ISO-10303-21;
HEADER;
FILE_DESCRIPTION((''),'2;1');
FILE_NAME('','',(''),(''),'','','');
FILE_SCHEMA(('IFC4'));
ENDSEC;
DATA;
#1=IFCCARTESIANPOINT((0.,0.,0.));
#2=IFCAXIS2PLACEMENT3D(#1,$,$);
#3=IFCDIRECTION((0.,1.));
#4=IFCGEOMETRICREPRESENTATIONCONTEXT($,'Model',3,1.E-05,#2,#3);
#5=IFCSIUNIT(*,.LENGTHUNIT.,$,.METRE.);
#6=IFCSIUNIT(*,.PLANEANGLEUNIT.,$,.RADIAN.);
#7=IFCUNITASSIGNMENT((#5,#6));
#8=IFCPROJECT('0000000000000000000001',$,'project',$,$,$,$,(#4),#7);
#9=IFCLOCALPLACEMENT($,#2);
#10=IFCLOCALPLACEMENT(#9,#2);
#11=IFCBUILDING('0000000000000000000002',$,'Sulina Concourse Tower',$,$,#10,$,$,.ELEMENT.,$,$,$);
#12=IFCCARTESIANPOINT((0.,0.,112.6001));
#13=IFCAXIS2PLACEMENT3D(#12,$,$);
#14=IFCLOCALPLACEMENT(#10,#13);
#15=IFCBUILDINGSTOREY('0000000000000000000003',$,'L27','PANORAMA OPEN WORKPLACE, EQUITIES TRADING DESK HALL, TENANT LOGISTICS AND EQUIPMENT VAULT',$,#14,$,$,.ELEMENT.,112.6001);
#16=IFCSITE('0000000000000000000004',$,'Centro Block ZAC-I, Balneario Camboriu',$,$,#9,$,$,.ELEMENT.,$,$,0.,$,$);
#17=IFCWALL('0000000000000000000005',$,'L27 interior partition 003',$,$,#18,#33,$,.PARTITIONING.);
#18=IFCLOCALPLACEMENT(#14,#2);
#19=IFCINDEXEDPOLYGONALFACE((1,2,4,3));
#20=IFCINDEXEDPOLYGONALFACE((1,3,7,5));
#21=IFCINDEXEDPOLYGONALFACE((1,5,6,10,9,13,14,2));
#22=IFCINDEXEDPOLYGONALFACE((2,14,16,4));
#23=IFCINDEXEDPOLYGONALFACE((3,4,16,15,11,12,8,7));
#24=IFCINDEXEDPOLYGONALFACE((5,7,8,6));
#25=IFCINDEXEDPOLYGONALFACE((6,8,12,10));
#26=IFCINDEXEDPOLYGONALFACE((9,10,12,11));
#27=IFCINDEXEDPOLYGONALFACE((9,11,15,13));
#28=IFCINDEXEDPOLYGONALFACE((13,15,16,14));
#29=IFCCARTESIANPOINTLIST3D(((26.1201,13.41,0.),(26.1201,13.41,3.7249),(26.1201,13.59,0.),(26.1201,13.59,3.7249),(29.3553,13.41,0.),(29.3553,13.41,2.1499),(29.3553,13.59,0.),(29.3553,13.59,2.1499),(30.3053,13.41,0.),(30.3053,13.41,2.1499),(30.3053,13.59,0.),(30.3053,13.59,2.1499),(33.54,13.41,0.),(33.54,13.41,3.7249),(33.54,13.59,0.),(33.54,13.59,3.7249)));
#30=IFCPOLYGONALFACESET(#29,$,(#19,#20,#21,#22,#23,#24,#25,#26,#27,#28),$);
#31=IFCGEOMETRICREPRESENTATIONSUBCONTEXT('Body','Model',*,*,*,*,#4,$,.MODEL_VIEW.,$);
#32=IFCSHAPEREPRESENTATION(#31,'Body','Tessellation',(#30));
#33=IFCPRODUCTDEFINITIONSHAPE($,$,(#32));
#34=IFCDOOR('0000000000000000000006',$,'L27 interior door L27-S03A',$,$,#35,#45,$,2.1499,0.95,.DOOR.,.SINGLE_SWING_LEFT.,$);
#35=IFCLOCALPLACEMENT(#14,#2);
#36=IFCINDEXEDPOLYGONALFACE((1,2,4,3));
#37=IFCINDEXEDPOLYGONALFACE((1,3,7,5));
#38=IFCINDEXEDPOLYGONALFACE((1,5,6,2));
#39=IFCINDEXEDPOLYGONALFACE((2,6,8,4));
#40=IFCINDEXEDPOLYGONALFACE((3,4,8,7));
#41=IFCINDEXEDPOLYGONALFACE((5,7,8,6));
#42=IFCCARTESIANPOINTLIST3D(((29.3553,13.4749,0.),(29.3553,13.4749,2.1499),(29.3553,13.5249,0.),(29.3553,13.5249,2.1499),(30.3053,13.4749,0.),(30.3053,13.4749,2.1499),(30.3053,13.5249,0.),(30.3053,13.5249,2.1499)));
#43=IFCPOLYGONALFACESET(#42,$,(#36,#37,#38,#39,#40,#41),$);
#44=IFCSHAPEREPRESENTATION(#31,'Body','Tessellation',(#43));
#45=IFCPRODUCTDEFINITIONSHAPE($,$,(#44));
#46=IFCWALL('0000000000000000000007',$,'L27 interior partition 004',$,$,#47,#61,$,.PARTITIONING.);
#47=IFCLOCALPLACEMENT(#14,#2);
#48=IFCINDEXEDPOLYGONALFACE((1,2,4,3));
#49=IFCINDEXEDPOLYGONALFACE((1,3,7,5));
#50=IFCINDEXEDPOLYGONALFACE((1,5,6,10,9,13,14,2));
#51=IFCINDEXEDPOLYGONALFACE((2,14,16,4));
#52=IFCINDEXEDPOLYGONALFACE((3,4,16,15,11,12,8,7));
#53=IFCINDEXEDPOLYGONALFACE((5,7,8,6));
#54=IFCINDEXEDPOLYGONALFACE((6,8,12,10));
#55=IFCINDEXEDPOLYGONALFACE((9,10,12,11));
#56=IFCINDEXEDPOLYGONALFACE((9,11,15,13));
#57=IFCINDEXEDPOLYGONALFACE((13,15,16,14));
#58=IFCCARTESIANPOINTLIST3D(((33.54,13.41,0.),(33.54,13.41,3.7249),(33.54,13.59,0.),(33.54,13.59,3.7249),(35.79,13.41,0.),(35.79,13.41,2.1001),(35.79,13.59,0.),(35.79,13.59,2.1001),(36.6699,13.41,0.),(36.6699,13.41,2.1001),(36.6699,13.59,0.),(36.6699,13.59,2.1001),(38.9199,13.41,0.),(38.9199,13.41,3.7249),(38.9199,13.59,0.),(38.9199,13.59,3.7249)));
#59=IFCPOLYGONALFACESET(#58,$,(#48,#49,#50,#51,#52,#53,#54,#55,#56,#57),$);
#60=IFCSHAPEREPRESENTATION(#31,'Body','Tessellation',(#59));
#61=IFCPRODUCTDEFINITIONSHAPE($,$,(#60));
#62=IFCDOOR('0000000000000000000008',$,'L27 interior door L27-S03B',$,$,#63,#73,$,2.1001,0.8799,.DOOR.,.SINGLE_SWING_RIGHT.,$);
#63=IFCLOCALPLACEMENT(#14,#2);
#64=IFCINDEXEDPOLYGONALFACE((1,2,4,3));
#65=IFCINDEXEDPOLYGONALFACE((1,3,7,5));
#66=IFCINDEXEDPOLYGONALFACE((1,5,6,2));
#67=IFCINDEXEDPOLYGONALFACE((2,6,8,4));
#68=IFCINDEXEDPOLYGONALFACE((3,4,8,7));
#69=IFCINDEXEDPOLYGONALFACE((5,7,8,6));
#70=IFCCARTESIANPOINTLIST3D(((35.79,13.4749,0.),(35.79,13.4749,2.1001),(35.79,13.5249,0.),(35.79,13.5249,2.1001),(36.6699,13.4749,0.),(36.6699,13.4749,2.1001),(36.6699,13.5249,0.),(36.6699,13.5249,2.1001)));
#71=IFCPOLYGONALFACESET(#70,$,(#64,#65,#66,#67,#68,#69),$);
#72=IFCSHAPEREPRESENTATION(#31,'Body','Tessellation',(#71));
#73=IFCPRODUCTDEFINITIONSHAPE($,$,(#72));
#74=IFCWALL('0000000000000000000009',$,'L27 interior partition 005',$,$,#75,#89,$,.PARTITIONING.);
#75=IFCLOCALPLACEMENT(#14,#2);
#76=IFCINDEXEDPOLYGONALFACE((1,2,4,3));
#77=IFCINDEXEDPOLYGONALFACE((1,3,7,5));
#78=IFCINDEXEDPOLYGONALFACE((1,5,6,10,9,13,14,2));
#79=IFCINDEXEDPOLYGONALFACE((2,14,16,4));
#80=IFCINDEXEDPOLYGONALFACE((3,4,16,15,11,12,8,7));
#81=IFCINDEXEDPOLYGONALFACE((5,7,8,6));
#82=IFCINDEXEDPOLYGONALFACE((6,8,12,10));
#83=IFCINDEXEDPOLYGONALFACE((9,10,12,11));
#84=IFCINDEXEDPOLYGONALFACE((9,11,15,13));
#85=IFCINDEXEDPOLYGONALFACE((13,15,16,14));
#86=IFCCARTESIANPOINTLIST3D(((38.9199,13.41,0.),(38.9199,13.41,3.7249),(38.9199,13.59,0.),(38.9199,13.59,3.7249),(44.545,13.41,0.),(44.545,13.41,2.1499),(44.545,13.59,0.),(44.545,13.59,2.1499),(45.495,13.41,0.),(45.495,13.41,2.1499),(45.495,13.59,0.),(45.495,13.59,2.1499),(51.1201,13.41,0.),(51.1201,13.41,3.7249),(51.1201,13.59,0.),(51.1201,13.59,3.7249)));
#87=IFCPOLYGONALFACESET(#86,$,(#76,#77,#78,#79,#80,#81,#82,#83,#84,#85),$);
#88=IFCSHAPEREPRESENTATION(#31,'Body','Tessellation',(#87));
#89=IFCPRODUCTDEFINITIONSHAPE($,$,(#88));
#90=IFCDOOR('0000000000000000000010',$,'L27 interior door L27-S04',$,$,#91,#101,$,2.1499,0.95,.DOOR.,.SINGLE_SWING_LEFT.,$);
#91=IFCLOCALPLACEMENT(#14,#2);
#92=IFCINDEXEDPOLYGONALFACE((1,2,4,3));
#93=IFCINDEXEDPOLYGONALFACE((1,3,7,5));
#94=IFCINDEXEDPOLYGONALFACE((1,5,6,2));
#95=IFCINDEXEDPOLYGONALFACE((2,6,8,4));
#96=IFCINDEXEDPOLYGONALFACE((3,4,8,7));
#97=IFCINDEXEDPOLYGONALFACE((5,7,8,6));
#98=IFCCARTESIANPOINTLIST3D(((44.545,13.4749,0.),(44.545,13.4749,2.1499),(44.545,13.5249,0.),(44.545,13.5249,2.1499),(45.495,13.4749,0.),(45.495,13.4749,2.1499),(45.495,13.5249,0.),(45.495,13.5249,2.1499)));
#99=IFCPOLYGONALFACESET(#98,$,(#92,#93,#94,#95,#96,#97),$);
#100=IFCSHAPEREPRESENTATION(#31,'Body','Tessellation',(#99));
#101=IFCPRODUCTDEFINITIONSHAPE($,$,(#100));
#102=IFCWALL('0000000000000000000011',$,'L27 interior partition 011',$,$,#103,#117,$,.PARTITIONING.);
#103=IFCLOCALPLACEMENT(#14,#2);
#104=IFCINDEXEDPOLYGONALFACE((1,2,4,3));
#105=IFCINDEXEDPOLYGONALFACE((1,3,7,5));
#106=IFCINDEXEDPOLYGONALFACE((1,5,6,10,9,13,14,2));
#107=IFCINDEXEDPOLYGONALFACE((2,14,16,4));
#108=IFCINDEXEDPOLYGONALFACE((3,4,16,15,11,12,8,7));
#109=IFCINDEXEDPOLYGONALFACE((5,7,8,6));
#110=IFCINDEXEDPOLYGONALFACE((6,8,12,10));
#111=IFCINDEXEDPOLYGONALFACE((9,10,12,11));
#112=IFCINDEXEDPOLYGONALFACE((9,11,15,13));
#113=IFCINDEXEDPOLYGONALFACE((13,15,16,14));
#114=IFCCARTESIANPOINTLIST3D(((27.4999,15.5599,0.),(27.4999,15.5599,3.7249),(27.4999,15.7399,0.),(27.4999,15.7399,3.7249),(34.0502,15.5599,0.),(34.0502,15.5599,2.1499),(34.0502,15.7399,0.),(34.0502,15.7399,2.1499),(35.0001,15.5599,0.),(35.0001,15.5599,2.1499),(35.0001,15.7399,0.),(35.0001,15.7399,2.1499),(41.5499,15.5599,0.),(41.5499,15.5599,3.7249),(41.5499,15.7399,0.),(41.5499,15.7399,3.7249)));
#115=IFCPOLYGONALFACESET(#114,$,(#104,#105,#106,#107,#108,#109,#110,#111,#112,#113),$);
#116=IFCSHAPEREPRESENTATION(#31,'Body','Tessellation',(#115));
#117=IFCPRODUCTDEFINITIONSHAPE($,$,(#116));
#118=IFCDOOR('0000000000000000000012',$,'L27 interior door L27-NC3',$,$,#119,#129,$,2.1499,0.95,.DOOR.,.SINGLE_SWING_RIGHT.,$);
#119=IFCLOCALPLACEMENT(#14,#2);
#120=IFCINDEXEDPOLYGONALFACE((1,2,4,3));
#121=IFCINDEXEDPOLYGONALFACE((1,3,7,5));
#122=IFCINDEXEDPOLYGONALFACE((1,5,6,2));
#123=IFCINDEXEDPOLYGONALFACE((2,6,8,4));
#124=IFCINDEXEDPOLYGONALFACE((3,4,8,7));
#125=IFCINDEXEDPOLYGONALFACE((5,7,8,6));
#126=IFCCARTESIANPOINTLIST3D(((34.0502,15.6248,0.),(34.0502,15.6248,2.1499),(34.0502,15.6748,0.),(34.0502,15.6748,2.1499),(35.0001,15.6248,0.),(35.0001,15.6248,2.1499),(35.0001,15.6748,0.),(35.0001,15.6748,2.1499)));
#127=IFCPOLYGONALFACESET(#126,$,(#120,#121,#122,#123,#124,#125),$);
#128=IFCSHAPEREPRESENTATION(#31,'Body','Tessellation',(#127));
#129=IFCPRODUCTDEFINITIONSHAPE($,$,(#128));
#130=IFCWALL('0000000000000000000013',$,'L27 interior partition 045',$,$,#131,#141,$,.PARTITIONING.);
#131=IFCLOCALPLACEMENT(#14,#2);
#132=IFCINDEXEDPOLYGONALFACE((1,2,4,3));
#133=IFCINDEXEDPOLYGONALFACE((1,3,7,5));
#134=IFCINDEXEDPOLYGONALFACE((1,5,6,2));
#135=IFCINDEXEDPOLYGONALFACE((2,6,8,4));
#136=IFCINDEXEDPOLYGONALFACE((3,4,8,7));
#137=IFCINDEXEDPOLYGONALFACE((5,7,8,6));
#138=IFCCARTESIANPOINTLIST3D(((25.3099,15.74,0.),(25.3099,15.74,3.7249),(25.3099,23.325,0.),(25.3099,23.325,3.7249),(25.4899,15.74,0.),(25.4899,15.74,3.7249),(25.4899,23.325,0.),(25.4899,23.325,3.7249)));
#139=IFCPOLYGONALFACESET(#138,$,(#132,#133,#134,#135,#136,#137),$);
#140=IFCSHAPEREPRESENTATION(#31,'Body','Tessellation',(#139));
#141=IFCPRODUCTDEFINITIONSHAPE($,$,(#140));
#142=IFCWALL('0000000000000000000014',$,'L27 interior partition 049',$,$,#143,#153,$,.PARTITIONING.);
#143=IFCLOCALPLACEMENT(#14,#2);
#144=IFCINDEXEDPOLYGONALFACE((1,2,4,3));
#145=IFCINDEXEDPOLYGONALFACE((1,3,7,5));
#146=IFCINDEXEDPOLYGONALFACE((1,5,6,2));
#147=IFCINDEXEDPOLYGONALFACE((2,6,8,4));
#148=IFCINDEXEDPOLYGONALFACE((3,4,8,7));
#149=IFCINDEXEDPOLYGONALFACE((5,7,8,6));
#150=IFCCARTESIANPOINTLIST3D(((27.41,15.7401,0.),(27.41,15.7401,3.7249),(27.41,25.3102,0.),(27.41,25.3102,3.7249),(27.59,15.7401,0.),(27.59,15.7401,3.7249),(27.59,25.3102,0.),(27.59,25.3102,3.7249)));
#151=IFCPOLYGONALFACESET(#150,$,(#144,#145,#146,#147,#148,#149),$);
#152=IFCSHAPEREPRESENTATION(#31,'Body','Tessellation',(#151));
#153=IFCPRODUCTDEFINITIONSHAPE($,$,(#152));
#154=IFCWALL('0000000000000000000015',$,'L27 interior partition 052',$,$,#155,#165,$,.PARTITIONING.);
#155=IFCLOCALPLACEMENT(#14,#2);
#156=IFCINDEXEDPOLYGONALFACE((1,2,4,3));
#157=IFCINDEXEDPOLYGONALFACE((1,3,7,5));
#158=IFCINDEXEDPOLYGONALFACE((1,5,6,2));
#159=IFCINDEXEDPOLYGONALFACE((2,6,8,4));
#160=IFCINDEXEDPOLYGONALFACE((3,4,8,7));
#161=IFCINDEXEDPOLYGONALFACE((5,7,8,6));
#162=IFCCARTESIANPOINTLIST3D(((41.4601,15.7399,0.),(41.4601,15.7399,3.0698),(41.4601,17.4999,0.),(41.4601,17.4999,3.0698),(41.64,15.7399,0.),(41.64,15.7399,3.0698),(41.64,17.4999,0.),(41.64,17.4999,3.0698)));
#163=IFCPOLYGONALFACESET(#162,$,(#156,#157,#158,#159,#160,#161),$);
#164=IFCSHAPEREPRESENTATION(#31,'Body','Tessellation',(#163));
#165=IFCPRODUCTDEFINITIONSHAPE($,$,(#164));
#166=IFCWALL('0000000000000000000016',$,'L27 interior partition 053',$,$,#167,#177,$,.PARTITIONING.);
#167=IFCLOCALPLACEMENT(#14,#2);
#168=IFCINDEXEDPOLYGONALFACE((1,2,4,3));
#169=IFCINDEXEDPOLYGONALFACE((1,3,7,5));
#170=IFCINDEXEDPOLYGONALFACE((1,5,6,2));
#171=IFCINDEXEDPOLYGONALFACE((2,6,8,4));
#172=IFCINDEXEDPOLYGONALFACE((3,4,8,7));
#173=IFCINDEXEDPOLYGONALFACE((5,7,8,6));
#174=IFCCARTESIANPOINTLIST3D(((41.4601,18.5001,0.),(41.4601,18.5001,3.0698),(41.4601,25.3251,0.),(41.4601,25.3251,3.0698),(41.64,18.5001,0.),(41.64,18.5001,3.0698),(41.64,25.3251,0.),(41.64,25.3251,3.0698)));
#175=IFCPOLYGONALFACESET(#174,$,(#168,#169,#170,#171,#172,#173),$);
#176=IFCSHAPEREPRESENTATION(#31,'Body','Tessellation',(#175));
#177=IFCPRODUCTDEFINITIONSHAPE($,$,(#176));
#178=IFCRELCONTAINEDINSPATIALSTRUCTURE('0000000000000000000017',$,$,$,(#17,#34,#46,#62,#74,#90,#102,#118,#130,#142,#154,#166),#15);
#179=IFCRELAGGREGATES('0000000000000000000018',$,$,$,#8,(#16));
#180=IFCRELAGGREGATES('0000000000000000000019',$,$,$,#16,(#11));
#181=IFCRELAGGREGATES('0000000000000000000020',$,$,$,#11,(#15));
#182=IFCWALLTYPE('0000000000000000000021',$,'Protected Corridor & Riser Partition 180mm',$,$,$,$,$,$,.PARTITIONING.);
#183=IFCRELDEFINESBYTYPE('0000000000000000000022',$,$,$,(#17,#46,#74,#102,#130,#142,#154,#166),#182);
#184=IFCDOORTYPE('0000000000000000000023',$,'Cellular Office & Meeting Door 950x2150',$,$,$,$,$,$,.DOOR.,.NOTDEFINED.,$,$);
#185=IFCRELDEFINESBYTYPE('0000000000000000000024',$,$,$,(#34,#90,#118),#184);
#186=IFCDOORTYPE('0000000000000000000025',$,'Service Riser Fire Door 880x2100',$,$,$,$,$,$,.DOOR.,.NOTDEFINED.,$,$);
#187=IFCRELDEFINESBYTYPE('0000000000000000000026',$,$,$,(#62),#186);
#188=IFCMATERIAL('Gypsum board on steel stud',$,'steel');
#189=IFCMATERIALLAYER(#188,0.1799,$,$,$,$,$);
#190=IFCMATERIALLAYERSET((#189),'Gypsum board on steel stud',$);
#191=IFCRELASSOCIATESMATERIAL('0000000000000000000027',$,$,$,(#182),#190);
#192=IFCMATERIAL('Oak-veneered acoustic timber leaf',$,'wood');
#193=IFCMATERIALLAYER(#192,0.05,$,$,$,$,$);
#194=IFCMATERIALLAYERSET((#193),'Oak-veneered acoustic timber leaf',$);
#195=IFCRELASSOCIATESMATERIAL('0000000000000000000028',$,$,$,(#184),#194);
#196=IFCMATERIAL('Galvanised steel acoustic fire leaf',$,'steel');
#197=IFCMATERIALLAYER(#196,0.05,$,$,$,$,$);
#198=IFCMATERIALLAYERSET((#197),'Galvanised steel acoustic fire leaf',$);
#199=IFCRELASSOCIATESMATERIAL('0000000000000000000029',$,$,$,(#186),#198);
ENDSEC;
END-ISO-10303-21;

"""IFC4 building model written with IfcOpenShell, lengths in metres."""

from ifc_helpers import new_model, si_unit, direction, frame, frame_2d, origin, place, context, subcontext, project, spatial, rectangle, extrude, material, layer, layer_set, type_object, element, fill, save


model = new_model("IFC4")

# Units and contexts
model_context = context("Model", 3, precision=1e-05, world=origin(), true_north=direction((0.0, 1.0)))
body_context = subcontext(model_context, "Body", "Model", "MODEL_VIEW")
ifc_project = project(units=[si_unit("LENGTHUNIT", "METRE"), si_unit("PLANEANGLEUNIT", "RADIAN")], contexts=[model_context])

# Site, building, storey
site_placement = place(None, origin())
site = spatial("IfcSite", under=ifc_project, at=site_placement, Name="Centro Block ZAC-I, Balneario Camboriu", CompositionType="ELEMENT", RefElevation=0.0)
building_placement = place(site_placement, origin())
building = spatial("IfcBuilding", under=site, at=building_placement, Name="Sulina Concourse Tower", CompositionType="ELEMENT")
storey_placement = place(building_placement, frame((0.0, 0.0, 112.6001)))
storey = spatial("IfcBuildingStorey", under=building, at=storey_placement, Name="L27", Description="PANORAMA OPEN WORKPLACE, EQUITIES TRADING DESK HALL, TENANT LOGISTICS AND EQUIPMENT VAULT", CompositionType="ELEMENT", Elevation=112.6001)

# Walls, openings, doors
ifc_material_1 = material(Name="Gypsum board on steel stud", Category="steel")
ifc_layer_1 = layer(ifc_material_1, 0.1799)
ifc_layer_set_1 = layer_set([ifc_layer_1], Name="Gypsum board on steel stud")
wall_type_1 = type_object("IfcWallType", Name="Protected Corridor & Riser Partition 180mm", PredefinedType="PARTITIONING", material=ifc_layer_set_1)
wall_1_placement = place(storey_placement, frame((26.1201, 13.5, 0.0), z_axis=(0.0, 0.0, 1.0), x_axis=(1.0, 0.0, 0.0)))
wall_1 = element("IfcWall", 1, at=wall_1_placement, inside=storey, type_object=wall_type_1, Name="L27 interior partition 003", PredefinedType="PARTITIONING", context=body_context, shape_type="SweptSolid", body=[
    extrude(rectangle(XDim=7.4199, YDim=0.1799, at=frame_2d((3.71, 0.0))), origin(), (0.0, 0.0, 1.0), 3.7249),
])
opening_1_placement = place(wall_1_placement, frame((3.2351, 0.0, 0.0)))
opening_1 = element("IfcOpeningElement", 2, at=opening_1_placement, cuts=wall_1, PredefinedType="OPENING", context=body_context, shape_type="SweptSolid", body=[
    extrude(rectangle(XDim=0.95, YDim=2.1499, at=frame_2d((0.4751, 1.075))), frame((0.0, 0.0999, 0.0), z_axis=(0.0, -1.0, 0.0), x_axis=(1.0, 0.0, 0.0)), (0.0, 0.0, 1.0), 0.2),
])
ifc_material_2 = material(Name="Oak-veneered acoustic timber leaf", Category="wood")
ifc_layer_2 = layer(ifc_material_2, 0.05)
ifc_layer_set_2 = layer_set([ifc_layer_2], Name="Oak-veneered acoustic timber leaf")
door_type_1 = type_object("IfcDoorType", Name="Cellular Office & Meeting Door 950x2150", OperationType="NOTDEFINED", PredefinedType="DOOR", material=ifc_layer_set_2)
door_1_placement = place(opening_1_placement, origin())
door_1 = element("IfcDoor", 3, at=door_1_placement, inside=storey, type_object=door_type_1, Name="L27 interior door L27-S03A", OperationType="SINGLE_SWING_LEFT", OverallHeight=2.1499, OverallWidth=0.95, PredefinedType="DOOR", context=body_context, shape_type="SweptSolid", body=[
    extrude(rectangle(XDim=0.95, YDim=2.1499, at=frame_2d((0.4751, 1.075))), frame((0.0, 0.0249, 0.0), z_axis=(0.0, -1.0, 0.0), x_axis=(1.0, 0.0, 0.0)), (0.0, 0.0, 1.0), 0.05),
])
fill(opening_1, door_1)
wall_2_placement = place(storey_placement, frame((33.54, 13.5, 0.0), z_axis=(0.0, 0.0, 1.0), x_axis=(1.0, 0.0, 0.0)))
wall_2 = element("IfcWall", 4, at=wall_2_placement, inside=storey, type_object=wall_type_1, Name="L27 interior partition 004", PredefinedType="PARTITIONING", context=body_context, shape_type="SweptSolid", body=[
    extrude(rectangle(XDim=5.3799, YDim=0.1799, at=frame_2d((2.6899, 0.0))), origin(), (0.0, 0.0, 1.0), 3.7249),
])
opening_2_placement = place(wall_2_placement, frame((2.25, 0.0, 0.0)))
opening_2 = element("IfcOpeningElement", 5, at=opening_2_placement, cuts=wall_2, PredefinedType="OPENING", context=body_context, shape_type="SweptSolid", body=[
    extrude(rectangle(XDim=0.8799, YDim=2.1001, at=frame_2d((0.4399, 1.05))), frame((0.0, 0.0999, 0.0), z_axis=(0.0, -1.0, 0.0), x_axis=(1.0, 0.0, 0.0)), (0.0, 0.0, 1.0), 0.2),
])
ifc_material_3 = material(Name="Galvanised steel acoustic fire leaf", Category="steel")
ifc_layer_3 = layer(ifc_material_3, 0.05)
ifc_layer_set_3 = layer_set([ifc_layer_3], Name="Galvanised steel acoustic fire leaf")
door_type_2 = type_object("IfcDoorType", Name="Service Riser Fire Door 880x2100", OperationType="NOTDEFINED", PredefinedType="DOOR", material=ifc_layer_set_3)
door_2_placement = place(opening_2_placement, origin())
door_2 = element("IfcDoor", 6, at=door_2_placement, inside=storey, type_object=door_type_2, Name="L27 interior door L27-S03B", OperationType="SINGLE_SWING_RIGHT", OverallHeight=2.1001, OverallWidth=0.8799, PredefinedType="DOOR", context=body_context, shape_type="SweptSolid", body=[
    extrude(rectangle(XDim=0.8799, YDim=2.1001, at=frame_2d((0.4399, 1.05))), frame((0.0, 0.0249, 0.0), z_axis=(0.0, -1.0, 0.0), x_axis=(1.0, 0.0, 0.0)), (0.0, 0.0, 1.0), 0.05),
])
fill(opening_2, door_2)
wall_3_placement = place(storey_placement, frame((38.9199, 13.5, 0.0), z_axis=(0.0, 0.0, 1.0), x_axis=(1.0, 0.0, 0.0)))
wall_3 = element("IfcWall", 7, at=wall_3_placement, inside=storey, type_object=wall_type_1, Name="L27 interior partition 005", PredefinedType="PARTITIONING", context=body_context, shape_type="SweptSolid", body=[
    extrude(rectangle(XDim=12.2002, YDim=0.1799, at=frame_2d((6.1001, 0.0))), origin(), (0.0, 0.0, 1.0), 3.7249),
])
opening_3_placement = place(wall_3_placement, frame((5.625, 0.0, 0.0)))
opening_3 = element("IfcOpeningElement", 8, at=opening_3_placement, cuts=wall_3, PredefinedType="OPENING", context=body_context, shape_type="SweptSolid", body=[
    extrude(rectangle(XDim=0.95, YDim=2.1499, at=frame_2d((0.4751, 1.075))), frame((0.0, 0.0999, 0.0), z_axis=(0.0, -1.0, 0.0), x_axis=(1.0, 0.0, 0.0)), (0.0, 0.0, 1.0), 0.2),
])
door_3_placement = place(opening_3_placement, origin())
door_3 = element("IfcDoor", 9, at=door_3_placement, inside=storey, type_object=door_type_1, Name="L27 interior door L27-S04", OperationType="SINGLE_SWING_LEFT", OverallHeight=2.1499, OverallWidth=0.95, PredefinedType="DOOR", context=body_context, shape_type="SweptSolid", body=[
    extrude(rectangle(XDim=0.95, YDim=2.1499, at=frame_2d((0.4751, 1.075))), frame((0.0, 0.0249, 0.0), z_axis=(0.0, -1.0, 0.0), x_axis=(1.0, 0.0, 0.0)), (0.0, 0.0, 1.0), 0.05),
])
fill(opening_3, door_3)
wall_4_placement = place(storey_placement, frame((27.5, 15.6499, 0.0), z_axis=(0.0, 0.0, 1.0), x_axis=(1.0, 0.0, 0.0)))
wall_4 = element("IfcWall", 10, at=wall_4_placement, inside=storey, type_object=wall_type_1, Name="L27 interior partition 011", PredefinedType="PARTITIONING", context=body_context, shape_type="SweptSolid", body=[
    extrude(rectangle(XDim=14.05, YDim=0.1799, at=frame_2d((7.0249, 0.0))), origin(), (0.0, 0.0, 1.0), 3.7249),
])
opening_4_placement = place(wall_4_placement, frame((6.55, 0.0, 0.0)))
opening_4 = element("IfcOpeningElement", 11, at=opening_4_placement, cuts=wall_4, PredefinedType="OPENING", context=body_context, shape_type="SweptSolid", body=[
    extrude(rectangle(XDim=0.95, YDim=2.1499, at=frame_2d((0.4751, 1.075))), frame((0.0, 0.0999, 0.0), z_axis=(0.0, -1.0, 0.0), x_axis=(1.0, 0.0, 0.0)), (0.0, 0.0, 1.0), 0.2),
])
door_4_placement = place(opening_4_placement, origin())
door_4 = element("IfcDoor", 12, at=door_4_placement, inside=storey, type_object=door_type_1, Name="L27 interior door L27-NC3", OperationType="SINGLE_SWING_RIGHT", OverallHeight=2.1499, OverallWidth=0.95, PredefinedType="DOOR", context=body_context, shape_type="SweptSolid", body=[
    extrude(rectangle(XDim=0.95, YDim=2.1499, at=frame_2d((0.4751, 1.075))), frame((0.0, 0.0249, 0.0), z_axis=(0.0, -1.0, 0.0), x_axis=(1.0, 0.0, 0.0)), (0.0, 0.0, 1.0), 0.05),
])
fill(opening_4, door_4)

# Wall
wall_5_placement = place(storey_placement, frame((25.3999, 15.74, 0.0), z_axis=(0.0, 0.0, 1.0), x_axis=(0.0, 1.0, 0.0)))
element("IfcWall", 13, at=wall_5_placement, inside=storey, type_object=wall_type_1, Name="L27 interior partition 045", PredefinedType="PARTITIONING", context=body_context, shape_type="SweptSolid", body=[
    extrude(rectangle(XDim=7.585, YDim=0.1799, at=frame_2d((3.7925, 0.0))), origin(), (0.0, 0.0, 1.0), 3.7249),
])

# Walls
wall_6_placement = place(storey_placement, frame((27.5, 15.74, 0.0), z_axis=(0.0, 0.0, 1.0), x_axis=(0.0, 1.0, 0.0)))
element("IfcWall", 14, at=wall_6_placement, inside=storey, type_object=wall_type_1, Name="L27 interior partition 049", PredefinedType="PARTITIONING", context=body_context, shape_type="SweptSolid", body=[
    extrude(rectangle(XDim=9.5701, YDim=0.1799, at=frame_2d((4.7852, 0.0))), origin(), (0.0, 0.0, 1.0), 3.7249),
])
wall_7_placement = place(storey_placement, frame((41.55, 15.74, 0.0), z_axis=(0.0, 0.0, 1.0), x_axis=(0.0, 1.0, 0.0)))
element("IfcWall", 15, at=wall_7_placement, inside=storey, type_object=wall_type_1, Name="L27 interior partition 052", PredefinedType="PARTITIONING", context=body_context, shape_type="SweptSolid", body=[
    extrude(rectangle(XDim=1.76, YDim=0.1799, at=frame_2d((0.8799, 0.0))), origin(), (0.0, 0.0, 1.0), 3.0698),
])
wall_8_placement = place(storey_placement, frame((41.55, 18.5, 0.0), z_axis=(0.0, 0.0, 1.0), x_axis=(0.0, 1.0, 0.0)))
element("IfcWall", 16, at=wall_8_placement, inside=storey, type_object=wall_type_1, Name="L27 interior partition 053", PredefinedType="PARTITIONING", context=body_context, shape_type="SweptSolid", body=[
    extrude(rectangle(XDim=6.825, YDim=0.1799, at=frame_2d((3.4126, 0.0))), origin(), (0.0, 0.0, 1.0), 3.0698),
])

save(model, "model.ifc")
